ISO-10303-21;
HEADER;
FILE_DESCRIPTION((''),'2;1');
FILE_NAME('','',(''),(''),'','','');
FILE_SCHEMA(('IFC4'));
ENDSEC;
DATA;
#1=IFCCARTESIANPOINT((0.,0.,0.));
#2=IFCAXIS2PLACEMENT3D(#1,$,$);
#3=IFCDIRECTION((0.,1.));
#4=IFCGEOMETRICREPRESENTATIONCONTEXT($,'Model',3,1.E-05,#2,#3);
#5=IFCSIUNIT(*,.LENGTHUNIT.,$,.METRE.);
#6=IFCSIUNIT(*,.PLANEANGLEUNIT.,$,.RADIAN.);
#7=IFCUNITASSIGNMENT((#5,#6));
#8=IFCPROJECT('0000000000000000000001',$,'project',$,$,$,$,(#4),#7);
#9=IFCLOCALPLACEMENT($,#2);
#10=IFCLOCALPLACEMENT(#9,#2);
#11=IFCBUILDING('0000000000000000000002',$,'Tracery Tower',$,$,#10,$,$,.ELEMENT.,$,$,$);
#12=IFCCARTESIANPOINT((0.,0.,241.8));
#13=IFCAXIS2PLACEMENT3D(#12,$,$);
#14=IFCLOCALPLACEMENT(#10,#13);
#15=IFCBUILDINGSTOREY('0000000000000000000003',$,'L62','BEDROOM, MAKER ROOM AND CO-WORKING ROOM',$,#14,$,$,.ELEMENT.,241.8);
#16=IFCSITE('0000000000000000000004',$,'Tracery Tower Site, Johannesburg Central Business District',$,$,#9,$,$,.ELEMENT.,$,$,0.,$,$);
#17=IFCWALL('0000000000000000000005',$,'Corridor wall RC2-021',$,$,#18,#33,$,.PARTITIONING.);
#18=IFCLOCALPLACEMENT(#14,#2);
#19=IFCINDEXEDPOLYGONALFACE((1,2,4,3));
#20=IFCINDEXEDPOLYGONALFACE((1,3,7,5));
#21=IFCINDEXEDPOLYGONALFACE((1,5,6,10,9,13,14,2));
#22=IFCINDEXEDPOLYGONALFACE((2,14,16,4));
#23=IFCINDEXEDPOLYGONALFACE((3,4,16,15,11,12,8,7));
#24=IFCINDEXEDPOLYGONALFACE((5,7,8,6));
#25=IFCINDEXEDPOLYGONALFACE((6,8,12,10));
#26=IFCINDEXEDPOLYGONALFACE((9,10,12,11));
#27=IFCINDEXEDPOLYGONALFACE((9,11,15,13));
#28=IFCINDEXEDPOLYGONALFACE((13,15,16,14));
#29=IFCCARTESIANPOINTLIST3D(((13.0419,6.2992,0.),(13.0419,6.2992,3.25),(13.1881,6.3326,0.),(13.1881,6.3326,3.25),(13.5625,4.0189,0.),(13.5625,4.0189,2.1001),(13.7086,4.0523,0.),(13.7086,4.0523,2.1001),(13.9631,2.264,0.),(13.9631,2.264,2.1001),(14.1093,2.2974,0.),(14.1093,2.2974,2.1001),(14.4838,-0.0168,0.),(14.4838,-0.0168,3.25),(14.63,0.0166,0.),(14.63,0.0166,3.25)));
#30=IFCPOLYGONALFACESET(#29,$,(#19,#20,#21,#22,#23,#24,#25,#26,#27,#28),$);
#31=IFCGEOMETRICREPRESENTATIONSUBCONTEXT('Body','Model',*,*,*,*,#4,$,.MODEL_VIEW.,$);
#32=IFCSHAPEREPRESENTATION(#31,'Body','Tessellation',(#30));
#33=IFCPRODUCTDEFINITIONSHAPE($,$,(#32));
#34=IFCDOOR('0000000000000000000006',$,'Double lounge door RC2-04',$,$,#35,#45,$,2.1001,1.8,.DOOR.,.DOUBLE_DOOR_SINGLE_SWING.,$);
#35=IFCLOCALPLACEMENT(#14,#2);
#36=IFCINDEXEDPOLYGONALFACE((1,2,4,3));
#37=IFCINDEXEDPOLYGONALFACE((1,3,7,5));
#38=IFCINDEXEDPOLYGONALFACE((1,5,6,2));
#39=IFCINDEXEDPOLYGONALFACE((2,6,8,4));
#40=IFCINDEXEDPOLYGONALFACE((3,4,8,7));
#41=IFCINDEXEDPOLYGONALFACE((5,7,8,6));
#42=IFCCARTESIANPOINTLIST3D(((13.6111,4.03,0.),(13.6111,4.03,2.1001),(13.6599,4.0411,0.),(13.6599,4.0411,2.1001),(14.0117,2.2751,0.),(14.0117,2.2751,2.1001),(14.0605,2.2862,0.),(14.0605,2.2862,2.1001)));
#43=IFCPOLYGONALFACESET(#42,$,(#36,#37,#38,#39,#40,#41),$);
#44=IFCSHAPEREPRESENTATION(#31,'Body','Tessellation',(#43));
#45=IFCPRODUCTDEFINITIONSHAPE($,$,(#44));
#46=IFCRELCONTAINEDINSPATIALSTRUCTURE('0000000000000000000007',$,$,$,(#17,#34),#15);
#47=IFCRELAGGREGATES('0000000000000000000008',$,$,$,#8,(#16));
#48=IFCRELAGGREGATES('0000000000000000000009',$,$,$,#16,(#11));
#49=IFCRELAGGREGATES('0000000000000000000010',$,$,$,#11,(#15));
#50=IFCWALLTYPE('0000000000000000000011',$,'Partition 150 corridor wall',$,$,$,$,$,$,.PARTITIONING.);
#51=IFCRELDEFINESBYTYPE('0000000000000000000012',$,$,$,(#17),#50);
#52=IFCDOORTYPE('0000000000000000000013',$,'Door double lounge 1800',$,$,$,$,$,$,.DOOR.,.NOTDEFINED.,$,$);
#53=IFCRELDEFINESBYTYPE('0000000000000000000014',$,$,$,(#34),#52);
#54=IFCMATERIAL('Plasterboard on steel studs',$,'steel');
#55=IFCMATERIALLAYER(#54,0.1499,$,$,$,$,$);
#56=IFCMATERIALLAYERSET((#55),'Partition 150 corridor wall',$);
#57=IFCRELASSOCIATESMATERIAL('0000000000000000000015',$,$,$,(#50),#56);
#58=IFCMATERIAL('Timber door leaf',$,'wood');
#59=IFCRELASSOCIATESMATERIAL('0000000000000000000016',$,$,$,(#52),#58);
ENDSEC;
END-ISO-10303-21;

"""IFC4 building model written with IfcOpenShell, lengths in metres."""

from ifc_helpers import new_model, si_unit, direction, frame, frame_2d, origin, place, context, subcontext, project, spatial, rectangle, extrude, material, layer, layer_set, type_object, element, fill, save


model = new_model("IFC4")

# Units and contexts
model_context = context("Model", 3, precision=1e-05, world=origin(), true_north=direction((0.0, 1.0)))
body_context = subcontext(model_context, "Body", "Model", "MODEL_VIEW")
ifc_project = project(units=[si_unit("LENGTHUNIT", "METRE"), si_unit("PLANEANGLEUNIT", "RADIAN")], contexts=[model_context])

# Site, building, storey
site_placement = place(None, origin())
site = spatial("IfcSite", under=ifc_project, at=site_placement, Name="Tracery Tower Site, Johannesburg Central Business District", CompositionType="ELEMENT", RefElevation=0.0)
building_placement = place(site_placement, origin())
building = spatial("IfcBuilding", under=site, at=building_placement, Name="Tracery Tower", CompositionType="ELEMENT")
storey_placement = place(building_placement, frame((0.0, 0.0, 241.8)))
storey = spatial("IfcBuildingStorey", under=building, at=storey_placement, Name="L62", Description="BEDROOM, MAKER ROOM AND CO-WORKING ROOM", CompositionType="ELEMENT", Elevation=241.8)

# Shared definitions
ifc_material_1 = material(Name="Plasterboard on steel studs", Category="steel")
ifc_layer_1 = layer(ifc_material_1, 0.1499)
ifc_layer_set_1 = layer_set([ifc_layer_1], Name="Partition 150 corridor wall")
wall_type_1 = type_object("IfcWallType", Name="Partition 150 corridor wall", PredefinedType="PARTITIONING", material=ifc_layer_set_1)

# Wall, opening, door
wall_1_placement = place(storey_placement, frame((13.115, 6.3159, 0.0), z_axis=(0.0, 0.0, 1.0), x_axis=(0.222569, -0.974917, 0.0)))
wall_1 = element("IfcWall", 1, at=wall_1_placement, inside=storey, type_object=wall_type_1, Name="Corridor wall RC2-021", PredefinedType="PARTITIONING", context=body_context, shape_type="SweptSolid", body=[
    extrude(rectangle(XDim=6.4785, YDim=0.1499, at=frame_2d((3.2393, 0.0))), origin(), (0.0, 0.0, 1.0), 3.25),
])
opening_1_placement = place(wall_1_placement, frame((2.3391, 0.0, 0.0)))
opening_1 = element("IfcOpeningElement", 2, at=opening_1_placement, cuts=wall_1, PredefinedType="OPENING", context=body_context, shape_type="SweptSolid", body=[
    extrude(rectangle(XDim=1.8, YDim=2.1001, at=frame_2d((0.8999, 1.05))), frame((0.0, 0.075, 0.0), z_axis=(0.0, -1.0, 0.0), x_axis=(1.0, 0.0, 0.0)), (0.0, 0.0, 1.0), 0.1499),
])
ifc_material_2 = material(Name="Timber door leaf", Category="wood")
door_type = type_object("IfcDoorType", Name="Door double lounge 1800", OperationType="NOTDEFINED", PredefinedType="DOOR", material=ifc_material_2)
door_placement = place(opening_1_placement, origin())
door = element("IfcDoor", 3, at=door_placement, inside=storey, type_object=door_type, Name="Double lounge door RC2-04", OperationType="DOUBLE_DOOR_SINGLE_SWING", OverallHeight=2.1001, OverallWidth=1.8, PredefinedType="DOOR", context=body_context, shape_type="SweptSolid", body=[
    extrude(rectangle(XDim=1.8, YDim=2.1001, at=frame_2d((0.8999, 1.05))), frame((0.0, 0.0249, 0.0), z_axis=(0.0, -1.0, 0.0), x_axis=(1.0, 0.0, 0.0)), (0.0, 0.0, 1.0), 0.05),
])
fill(opening_1, door)

save(model, "model.ifc")
